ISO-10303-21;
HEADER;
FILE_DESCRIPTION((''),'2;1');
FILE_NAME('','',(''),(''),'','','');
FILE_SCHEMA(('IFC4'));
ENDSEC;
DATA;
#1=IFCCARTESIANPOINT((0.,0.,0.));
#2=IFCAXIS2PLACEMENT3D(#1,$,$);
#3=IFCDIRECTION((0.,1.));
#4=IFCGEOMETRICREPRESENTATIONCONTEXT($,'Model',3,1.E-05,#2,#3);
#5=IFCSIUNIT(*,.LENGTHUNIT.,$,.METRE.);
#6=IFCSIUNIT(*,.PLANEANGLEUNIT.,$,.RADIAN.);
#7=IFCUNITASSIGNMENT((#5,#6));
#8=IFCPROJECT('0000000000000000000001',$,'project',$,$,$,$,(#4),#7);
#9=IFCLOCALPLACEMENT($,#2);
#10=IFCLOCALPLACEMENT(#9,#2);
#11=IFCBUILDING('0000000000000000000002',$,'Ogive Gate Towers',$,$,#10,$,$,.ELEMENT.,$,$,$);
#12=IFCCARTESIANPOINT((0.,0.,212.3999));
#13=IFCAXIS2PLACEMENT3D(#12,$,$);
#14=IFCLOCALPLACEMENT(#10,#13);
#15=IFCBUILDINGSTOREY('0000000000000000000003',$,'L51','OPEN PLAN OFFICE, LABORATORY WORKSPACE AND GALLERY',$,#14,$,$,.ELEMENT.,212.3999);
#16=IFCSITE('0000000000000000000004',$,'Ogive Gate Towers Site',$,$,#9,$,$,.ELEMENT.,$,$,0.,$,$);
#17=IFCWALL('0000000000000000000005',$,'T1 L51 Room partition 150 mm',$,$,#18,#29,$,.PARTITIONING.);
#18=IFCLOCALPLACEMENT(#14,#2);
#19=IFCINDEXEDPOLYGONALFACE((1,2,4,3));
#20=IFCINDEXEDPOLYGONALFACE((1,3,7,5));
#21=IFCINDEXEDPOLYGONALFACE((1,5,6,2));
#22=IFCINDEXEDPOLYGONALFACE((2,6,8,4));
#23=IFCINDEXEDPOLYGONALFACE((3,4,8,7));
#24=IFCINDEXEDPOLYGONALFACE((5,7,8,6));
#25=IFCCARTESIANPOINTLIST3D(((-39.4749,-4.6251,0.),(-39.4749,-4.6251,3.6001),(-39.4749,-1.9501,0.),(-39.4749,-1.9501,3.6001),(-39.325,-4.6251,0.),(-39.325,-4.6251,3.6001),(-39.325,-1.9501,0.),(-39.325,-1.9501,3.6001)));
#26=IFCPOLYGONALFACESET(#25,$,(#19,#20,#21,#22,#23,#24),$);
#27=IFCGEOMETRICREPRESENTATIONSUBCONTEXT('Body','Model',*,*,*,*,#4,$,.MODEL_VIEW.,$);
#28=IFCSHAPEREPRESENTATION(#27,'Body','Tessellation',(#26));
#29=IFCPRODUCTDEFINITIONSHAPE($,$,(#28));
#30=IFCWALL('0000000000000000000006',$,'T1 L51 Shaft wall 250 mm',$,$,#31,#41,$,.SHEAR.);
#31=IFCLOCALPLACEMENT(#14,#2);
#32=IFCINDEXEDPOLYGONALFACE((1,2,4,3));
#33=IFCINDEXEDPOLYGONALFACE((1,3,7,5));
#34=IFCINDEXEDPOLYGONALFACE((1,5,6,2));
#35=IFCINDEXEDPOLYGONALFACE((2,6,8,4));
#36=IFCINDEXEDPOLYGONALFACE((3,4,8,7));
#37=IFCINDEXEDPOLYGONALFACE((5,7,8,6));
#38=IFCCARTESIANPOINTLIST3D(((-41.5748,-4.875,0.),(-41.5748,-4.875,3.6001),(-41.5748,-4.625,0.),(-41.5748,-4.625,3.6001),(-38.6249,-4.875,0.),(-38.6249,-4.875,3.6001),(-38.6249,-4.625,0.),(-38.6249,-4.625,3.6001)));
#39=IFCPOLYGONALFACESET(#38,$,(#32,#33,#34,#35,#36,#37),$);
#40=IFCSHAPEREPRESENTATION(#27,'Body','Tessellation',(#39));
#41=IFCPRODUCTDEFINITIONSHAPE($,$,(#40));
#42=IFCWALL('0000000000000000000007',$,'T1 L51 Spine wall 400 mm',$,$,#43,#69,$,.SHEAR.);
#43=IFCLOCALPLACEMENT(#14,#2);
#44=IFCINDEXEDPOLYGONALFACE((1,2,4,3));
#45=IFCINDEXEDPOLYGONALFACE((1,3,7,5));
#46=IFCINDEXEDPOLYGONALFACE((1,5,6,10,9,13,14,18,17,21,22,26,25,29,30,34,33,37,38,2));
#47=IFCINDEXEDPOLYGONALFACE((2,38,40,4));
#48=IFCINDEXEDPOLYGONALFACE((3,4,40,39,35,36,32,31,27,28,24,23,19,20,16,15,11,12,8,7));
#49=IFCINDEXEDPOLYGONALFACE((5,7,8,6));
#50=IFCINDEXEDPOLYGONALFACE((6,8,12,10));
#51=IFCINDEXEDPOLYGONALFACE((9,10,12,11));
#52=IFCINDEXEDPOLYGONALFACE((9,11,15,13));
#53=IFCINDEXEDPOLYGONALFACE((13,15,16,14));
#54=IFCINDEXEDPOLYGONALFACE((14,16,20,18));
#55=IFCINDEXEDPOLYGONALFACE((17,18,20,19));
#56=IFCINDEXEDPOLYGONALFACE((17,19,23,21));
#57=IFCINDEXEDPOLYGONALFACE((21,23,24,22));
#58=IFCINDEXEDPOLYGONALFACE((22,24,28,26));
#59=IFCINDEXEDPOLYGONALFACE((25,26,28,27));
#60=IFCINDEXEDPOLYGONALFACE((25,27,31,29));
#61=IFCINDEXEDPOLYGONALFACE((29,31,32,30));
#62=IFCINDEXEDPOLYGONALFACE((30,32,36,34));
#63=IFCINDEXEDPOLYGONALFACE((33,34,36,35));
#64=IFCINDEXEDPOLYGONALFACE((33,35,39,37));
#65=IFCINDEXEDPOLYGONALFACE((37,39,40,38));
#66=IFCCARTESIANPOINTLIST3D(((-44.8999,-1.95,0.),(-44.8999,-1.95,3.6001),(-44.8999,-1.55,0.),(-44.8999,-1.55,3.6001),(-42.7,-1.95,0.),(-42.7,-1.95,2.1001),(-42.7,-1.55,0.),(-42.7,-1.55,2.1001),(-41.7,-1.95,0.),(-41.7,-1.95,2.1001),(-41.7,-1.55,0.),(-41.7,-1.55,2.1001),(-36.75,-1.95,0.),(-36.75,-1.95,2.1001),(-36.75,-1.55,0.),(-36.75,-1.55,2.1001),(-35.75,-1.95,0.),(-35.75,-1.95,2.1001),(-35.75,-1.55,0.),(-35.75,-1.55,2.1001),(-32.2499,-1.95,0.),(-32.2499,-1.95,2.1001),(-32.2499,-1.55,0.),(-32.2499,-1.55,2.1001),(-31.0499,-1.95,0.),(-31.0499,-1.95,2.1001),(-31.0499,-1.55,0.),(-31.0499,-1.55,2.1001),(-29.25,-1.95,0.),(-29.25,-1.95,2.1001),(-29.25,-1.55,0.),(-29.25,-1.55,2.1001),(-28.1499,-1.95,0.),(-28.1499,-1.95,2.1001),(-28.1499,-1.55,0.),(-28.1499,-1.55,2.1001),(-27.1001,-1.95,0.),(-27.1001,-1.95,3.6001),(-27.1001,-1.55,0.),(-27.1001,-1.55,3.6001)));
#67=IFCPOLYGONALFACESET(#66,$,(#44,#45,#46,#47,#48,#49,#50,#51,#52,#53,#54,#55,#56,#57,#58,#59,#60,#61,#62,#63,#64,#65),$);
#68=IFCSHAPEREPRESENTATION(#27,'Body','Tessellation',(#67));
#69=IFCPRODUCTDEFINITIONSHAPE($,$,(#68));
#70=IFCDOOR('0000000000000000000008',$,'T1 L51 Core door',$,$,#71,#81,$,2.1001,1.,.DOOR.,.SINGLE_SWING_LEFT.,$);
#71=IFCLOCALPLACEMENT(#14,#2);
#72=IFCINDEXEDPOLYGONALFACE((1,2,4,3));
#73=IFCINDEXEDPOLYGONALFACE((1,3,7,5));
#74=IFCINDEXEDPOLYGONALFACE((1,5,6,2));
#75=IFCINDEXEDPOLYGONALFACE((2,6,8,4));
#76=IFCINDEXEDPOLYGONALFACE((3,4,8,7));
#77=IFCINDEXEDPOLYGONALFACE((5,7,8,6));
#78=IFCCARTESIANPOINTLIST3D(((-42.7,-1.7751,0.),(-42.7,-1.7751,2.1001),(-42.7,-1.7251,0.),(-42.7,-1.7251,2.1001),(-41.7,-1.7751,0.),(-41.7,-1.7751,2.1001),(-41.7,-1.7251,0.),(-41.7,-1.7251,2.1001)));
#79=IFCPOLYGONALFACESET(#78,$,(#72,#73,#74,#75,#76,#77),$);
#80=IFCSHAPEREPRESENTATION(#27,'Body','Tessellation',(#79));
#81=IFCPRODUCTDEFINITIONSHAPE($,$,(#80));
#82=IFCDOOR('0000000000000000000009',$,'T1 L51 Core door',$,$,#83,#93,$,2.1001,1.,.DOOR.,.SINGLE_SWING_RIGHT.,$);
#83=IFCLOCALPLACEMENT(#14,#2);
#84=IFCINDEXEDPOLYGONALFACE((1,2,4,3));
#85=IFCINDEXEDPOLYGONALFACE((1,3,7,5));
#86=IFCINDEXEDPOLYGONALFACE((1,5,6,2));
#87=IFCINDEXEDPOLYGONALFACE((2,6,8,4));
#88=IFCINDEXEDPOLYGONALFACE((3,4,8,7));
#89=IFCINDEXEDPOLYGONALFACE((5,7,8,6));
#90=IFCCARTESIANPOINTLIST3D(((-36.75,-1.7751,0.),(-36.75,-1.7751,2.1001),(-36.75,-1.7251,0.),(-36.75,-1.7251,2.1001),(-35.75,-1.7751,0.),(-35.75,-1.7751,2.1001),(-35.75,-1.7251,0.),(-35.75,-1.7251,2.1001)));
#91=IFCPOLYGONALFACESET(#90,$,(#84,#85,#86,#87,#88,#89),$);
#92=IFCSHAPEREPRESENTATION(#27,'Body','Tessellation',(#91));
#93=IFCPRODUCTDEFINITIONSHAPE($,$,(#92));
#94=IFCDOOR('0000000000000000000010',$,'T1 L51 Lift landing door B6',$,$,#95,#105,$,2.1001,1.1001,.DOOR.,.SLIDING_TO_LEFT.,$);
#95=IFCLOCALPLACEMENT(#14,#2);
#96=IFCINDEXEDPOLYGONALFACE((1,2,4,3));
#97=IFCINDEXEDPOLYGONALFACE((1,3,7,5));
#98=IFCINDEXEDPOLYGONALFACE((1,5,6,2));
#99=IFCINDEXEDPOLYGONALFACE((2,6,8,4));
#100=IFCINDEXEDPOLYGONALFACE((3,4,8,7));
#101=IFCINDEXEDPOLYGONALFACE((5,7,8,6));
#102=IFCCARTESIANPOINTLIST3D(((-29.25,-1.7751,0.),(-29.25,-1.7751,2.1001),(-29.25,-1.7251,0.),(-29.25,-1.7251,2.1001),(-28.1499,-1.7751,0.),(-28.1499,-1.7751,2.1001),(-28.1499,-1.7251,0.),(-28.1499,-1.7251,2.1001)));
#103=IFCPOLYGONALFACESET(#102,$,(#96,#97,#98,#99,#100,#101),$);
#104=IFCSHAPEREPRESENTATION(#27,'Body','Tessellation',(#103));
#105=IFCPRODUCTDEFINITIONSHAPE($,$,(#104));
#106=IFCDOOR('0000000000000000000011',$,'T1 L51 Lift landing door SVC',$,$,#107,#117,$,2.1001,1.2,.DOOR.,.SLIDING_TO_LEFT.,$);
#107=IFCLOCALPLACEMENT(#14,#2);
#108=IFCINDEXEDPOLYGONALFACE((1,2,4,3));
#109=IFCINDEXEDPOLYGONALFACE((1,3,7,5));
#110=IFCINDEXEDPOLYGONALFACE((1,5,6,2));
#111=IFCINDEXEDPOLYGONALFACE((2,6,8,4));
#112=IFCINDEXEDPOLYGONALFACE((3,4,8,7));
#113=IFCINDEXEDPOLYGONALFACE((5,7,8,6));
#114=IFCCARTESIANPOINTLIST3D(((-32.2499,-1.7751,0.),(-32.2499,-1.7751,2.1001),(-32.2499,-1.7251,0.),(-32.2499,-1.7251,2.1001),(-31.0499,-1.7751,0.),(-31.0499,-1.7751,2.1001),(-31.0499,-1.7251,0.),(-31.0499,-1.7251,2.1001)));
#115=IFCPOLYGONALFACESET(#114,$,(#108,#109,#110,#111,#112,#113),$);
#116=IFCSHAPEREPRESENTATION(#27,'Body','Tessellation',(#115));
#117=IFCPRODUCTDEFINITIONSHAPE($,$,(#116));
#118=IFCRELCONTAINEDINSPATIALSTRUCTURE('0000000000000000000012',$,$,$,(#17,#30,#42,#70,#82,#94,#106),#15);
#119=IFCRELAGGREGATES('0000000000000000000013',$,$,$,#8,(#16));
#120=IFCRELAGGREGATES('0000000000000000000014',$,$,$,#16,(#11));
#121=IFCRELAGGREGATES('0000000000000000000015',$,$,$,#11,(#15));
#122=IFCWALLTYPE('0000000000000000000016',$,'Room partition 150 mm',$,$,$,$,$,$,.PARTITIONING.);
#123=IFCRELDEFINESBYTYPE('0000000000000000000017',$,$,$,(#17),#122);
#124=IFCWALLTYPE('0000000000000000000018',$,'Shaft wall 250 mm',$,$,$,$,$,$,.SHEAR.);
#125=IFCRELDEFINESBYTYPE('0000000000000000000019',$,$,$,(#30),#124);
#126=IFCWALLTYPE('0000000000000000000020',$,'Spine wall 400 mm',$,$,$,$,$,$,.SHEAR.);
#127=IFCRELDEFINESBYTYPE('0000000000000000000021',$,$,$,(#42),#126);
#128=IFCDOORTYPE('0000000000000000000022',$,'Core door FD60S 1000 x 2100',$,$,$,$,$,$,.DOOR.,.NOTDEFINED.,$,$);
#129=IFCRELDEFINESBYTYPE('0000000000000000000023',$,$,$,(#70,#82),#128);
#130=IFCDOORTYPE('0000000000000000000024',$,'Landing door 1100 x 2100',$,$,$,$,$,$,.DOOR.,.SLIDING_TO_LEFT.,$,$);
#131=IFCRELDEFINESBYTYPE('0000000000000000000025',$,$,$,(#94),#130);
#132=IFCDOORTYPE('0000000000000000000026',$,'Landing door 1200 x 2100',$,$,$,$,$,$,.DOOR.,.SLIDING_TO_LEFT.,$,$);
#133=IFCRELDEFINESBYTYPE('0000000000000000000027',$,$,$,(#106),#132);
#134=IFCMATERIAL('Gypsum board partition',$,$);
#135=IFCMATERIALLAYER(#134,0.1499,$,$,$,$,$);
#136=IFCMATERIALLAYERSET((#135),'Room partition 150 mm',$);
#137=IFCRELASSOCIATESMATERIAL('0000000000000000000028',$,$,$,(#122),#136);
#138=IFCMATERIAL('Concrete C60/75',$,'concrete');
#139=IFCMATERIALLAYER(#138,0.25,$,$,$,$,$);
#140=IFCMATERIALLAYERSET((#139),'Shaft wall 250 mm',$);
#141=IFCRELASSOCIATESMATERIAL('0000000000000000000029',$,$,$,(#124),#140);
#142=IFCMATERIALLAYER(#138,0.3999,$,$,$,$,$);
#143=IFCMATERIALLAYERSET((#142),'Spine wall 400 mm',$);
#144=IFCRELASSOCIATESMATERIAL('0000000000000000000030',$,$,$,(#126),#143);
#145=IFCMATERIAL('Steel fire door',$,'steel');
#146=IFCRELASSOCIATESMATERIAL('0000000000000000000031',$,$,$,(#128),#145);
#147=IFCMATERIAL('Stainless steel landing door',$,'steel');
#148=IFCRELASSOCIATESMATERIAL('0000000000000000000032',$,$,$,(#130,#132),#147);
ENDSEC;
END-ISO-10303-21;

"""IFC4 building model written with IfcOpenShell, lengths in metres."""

from ifc_helpers import new_model, si_unit, direction, frame, frame_2d, origin, place, context, subcontext, project, spatial, rectangle, extrude, material, layer, layer_set, type_object, element, fill, save


model = new_model("IFC4")

# Units and contexts
model_context = context("Model", 3, precision=1e-05, world=origin(), true_north=direction((0.0, 1.0)))
body_context = subcontext(model_context, "Body", "Model", "MODEL_VIEW")
ifc_project = project(units=[si_unit("LENGTHUNIT", "METRE"), si_unit("PLANEANGLEUNIT", "RADIAN")], contexts=[model_context])

# Site, building, storey
site_placement = place(None, origin())
site = spatial("IfcSite", under=ifc_project, at=site_placement, Name="Ogive Gate Towers Site", CompositionType="ELEMENT", RefElevation=0.0)
building_placement = place(site_placement, origin())
building = spatial("IfcBuilding", under=site, at=building_placement, Name="Ogive Gate Towers", CompositionType="ELEMENT")
storey_placement = place(building_placement, frame((0.0, 0.0, 212.3999)))
storey = spatial("IfcBuildingStorey", under=building, at=storey_placement, Name="L51", Description="OPEN PLAN OFFICE, LABORATORY WORKSPACE AND GALLERY", CompositionType="ELEMENT", Elevation=212.3999)

# Walls
ifc_material_1 = material(Name="Gypsum board partition")
ifc_layer_1 = layer(ifc_material_1, 0.1499)
ifc_layer_set_1 = layer_set([ifc_layer_1], Name="Room partition 150 mm")
wall_type_1 = type_object("IfcWallType", Name="Room partition 150 mm", PredefinedType="PARTITIONING", material=ifc_layer_set_1)
wall_1_placement = place(storey_placement, frame((-39.3999, -4.625, 0.0), z_axis=(0.0, 0.0, 1.0), x_axis=(0.0, 1.0, 0.0)))
element("IfcWall", 1, at=wall_1_placement, inside=storey, type_object=wall_type_1, Name="T1 L51 Room partition 150 mm", PredefinedType="PARTITIONING", context=body_context, shape_type="SweptSolid", body=[
    extrude(rectangle(XDim=2.675, YDim=0.1499, at=frame_2d((1.3374, 0.0))), origin(), (0.0, 0.0, 1.0), 3.6001),
])
ifc_material_2 = material(Name="Concrete C60/75", Category="concrete")
ifc_layer_2 = layer(ifc_material_2, 0.25)
ifc_layer_set_2 = layer_set([ifc_layer_2], Name="Shaft wall 250 mm")
wall_type_2 = type_object("IfcWallType", Name="Shaft wall 250 mm", PredefinedType="SHEAR", material=ifc_layer_set_2)
wall_2_placement = place(storey_placement, frame((-41.575, -4.75, 0.0), z_axis=(0.0, 0.0, 1.0), x_axis=(1.0, 0.0, 0.0)))
element("IfcWall", 2, at=wall_2_placement, inside=storey, type_object=wall_type_2, Name="T1 L51 Shaft wall 250 mm", PredefinedType="SHEAR", context=body_context, shape_type="SweptSolid", body=[
    extrude(rectangle(XDim=2.95, YDim=0.25, at=frame_2d((1.4751, 0.0))), origin(), (0.0, 0.0, 1.0), 3.6001),
])

# Wall, openings, doors
ifc_layer_3 = layer(ifc_material_2, 0.3999)
ifc_layer_set_3 = layer_set([ifc_layer_3], Name="Spine wall 400 mm")
wall_type_3 = type_object("IfcWallType", Name="Spine wall 400 mm", PredefinedType="SHEAR", material=ifc_layer_set_3)
wall_3_placement = place(storey_placement, frame((-44.8999, -1.75, 0.0), z_axis=(0.0, 0.0, 1.0), x_axis=(1.0, 0.0, 0.0)))
wall_3 = element("IfcWall", 3, at=wall_3_placement, inside=storey, type_object=wall_type_3, Name="T1 L51 Spine wall 400 mm", PredefinedType="SHEAR", context=body_context, shape_type="SweptSolid", body=[
    extrude(rectangle(XDim=17.7998, YDim=0.3999, at=frame_2d((8.8999, 0.0))), origin(), (0.0, 0.0, 1.0), 3.6001),
])
opening_1_placement = place(wall_3_placement, frame((12.6499, 0.0, 0.0)))
opening_1 = element("IfcOpeningElement", 4, at=opening_1_placement, cuts=wall_3, PredefinedType="OPENING", context=body_context, shape_type="SweptSolid", body=[
    extrude(rectangle(XDim=1.2, YDim=2.1001, at=frame_2d((0.6001, 1.05))), frame((0.0, 0.21, 0.0), z_axis=(0.0, -1.0, 0.0), x_axis=(1.0, 0.0, 0.0)), (0.0, 0.0, 1.0), 0.4199),
])
opening_2_placement = place(wall_3_placement, frame((15.6499, 0.0, 0.0)))
opening_2 = element("IfcOpeningElement", 5, at=opening_2_placement, cuts=wall_3, PredefinedType="OPENING", context=body_context, shape_type="SweptSolid", body=[
    extrude(rectangle(XDim=1.1001, YDim=2.1001, at=frame_2d((0.55, 1.05))), frame((0.0, 0.21, 0.0), z_axis=(0.0, -1.0, 0.0), x_axis=(1.0, 0.0, 0.0)), (0.0, 0.0, 1.0), 0.4199),
])
opening_3_placement = place(wall_3_placement, frame((2.2, 0.0, 0.0)))
opening_3 = element("IfcOpeningElement", 6, at=opening_3_placement, cuts=wall_3, PredefinedType="OPENING", context=body_context, shape_type="SweptSolid", body=[
    extrude(rectangle(XDim=1.0, YDim=2.1001, at=frame_2d((0.5, 1.05))), frame((0.0, 0.21, 0.0), z_axis=(0.0, -1.0, 0.0), x_axis=(1.0, 0.0, 0.0)), (0.0, 0.0, 1.0), 0.4199),
])
opening_4_placement = place(wall_3_placement, frame((8.1499, 0.0, 0.0)))
opening_4 = element("IfcOpeningElement", 7, at=opening_4_placement, cuts=wall_3, PredefinedType="OPENING", context=body_context, shape_type="SweptSolid", body=[
    extrude(rectangle(XDim=1.0, YDim=2.1001, at=frame_2d((0.5, 1.05))), frame((0.0, 0.21, 0.0), z_axis=(0.0, -1.0, 0.0), x_axis=(1.0, 0.0, 0.0)), (0.0, 0.0, 1.0), 0.4199),
])
ifc_material_3 = material(Name="Steel fire door", Category="steel")
door_type_1 = type_object("IfcDoorType", Name="Core door FD60S 1000 x 2100", OperationType="NOTDEFINED", PredefinedType="DOOR", material=ifc_material_3)
door_1_placement = place(opening_3_placement, origin())
door_1 = element("IfcDoor", 8, at=door_1_placement, inside=storey, type_object=door_type_1, Name="T1 L51 Core door", OperationType="SINGLE_SWING_LEFT", OverallHeight=2.1001, OverallWidth=1.0, PredefinedType="DOOR", context=body_context, shape_type="SweptSolid", body=[
    extrude(rectangle(XDim=1.0, YDim=2.1001, at=frame_2d((0.5, 1.05))), frame((0.0, 0.0249, 0.0), z_axis=(0.0, -1.0, 0.0), x_axis=(1.0, 0.0, 0.0)), (0.0, 0.0, 1.0), 0.05),
])
fill(opening_3, door_1)
door_2_placement = place(opening_4_placement, origin())
door_2 = element("IfcDoor", 9, at=door_2_placement, inside=storey, type_object=door_type_1, Name="T1 L51 Core door", OperationType="SINGLE_SWING_RIGHT", OverallHeight=2.1001, OverallWidth=1.0, PredefinedType="DOOR", context=body_context, shape_type="SweptSolid", body=[
    extrude(rectangle(XDim=1.0, YDim=2.1001, at=frame_2d((0.5, 1.05))), frame((0.0, 0.0249, 0.0), z_axis=(0.0, -1.0, 0.0), x_axis=(1.0, 0.0, 0.0)), (0.0, 0.0, 1.0), 0.05),
])
fill(opening_4, door_2)
ifc_material_4 = material(Name="Stainless steel landing door", Category="steel")
door_type_2 = type_object("IfcDoorType", Name="Landing door 1100 x 2100", OperationType="SLIDING_TO_LEFT", PredefinedType="DOOR", material=ifc_material_4)
door_3_placement = place(opening_2_placement, origin())
door_3 = element("IfcDoor", 10, at=door_3_placement, inside=storey, type_object=door_type_2, Name="T1 L51 Lift landing door B6", OperationType="SLIDING_TO_LEFT", OverallHeight=2.1001, OverallWidth=1.1001, PredefinedType="DOOR", context=body_context, shape_type="SweptSolid", body=[
    extrude(rectangle(XDim=1.1001, YDim=2.1001, at=frame_2d((0.55, 1.05))), frame((0.0, 0.0249, 0.0), z_axis=(0.0, -1.0, 0.0), x_axis=(1.0, 0.0, 0.0)), (0.0, 0.0, 1.0), 0.05),
])
fill(opening_2, door_3)
door_type_3 = type_object("IfcDoorType", Name="Landing door 1200 x 2100", OperationType="SLIDING_TO_LEFT", PredefinedType="DOOR", material=ifc_material_4)
door_4_placement = place(opening_1_placement, origin())
door_4 = element("IfcDoor", 11, at=door_4_placement, inside=storey, type_object=door_type_3, Name="T1 L51 Lift landing door SVC", OperationType="SLIDING_TO_LEFT", OverallHeight=2.1001, OverallWidth=1.2, PredefinedType="DOOR", context=body_context, shape_type="SweptSolid", body=[
    extrude(rectangle(XDim=1.2, YDim=2.1001, at=frame_2d((0.6001, 1.05))), frame((0.0, 0.0249, 0.0), z_axis=(0.0, -1.0, 0.0), x_axis=(1.0, 0.0, 0.0)), (0.0, 0.0, 1.0), 0.05),
])
fill(opening_1, door_4)

save(model, "model.ifc")
